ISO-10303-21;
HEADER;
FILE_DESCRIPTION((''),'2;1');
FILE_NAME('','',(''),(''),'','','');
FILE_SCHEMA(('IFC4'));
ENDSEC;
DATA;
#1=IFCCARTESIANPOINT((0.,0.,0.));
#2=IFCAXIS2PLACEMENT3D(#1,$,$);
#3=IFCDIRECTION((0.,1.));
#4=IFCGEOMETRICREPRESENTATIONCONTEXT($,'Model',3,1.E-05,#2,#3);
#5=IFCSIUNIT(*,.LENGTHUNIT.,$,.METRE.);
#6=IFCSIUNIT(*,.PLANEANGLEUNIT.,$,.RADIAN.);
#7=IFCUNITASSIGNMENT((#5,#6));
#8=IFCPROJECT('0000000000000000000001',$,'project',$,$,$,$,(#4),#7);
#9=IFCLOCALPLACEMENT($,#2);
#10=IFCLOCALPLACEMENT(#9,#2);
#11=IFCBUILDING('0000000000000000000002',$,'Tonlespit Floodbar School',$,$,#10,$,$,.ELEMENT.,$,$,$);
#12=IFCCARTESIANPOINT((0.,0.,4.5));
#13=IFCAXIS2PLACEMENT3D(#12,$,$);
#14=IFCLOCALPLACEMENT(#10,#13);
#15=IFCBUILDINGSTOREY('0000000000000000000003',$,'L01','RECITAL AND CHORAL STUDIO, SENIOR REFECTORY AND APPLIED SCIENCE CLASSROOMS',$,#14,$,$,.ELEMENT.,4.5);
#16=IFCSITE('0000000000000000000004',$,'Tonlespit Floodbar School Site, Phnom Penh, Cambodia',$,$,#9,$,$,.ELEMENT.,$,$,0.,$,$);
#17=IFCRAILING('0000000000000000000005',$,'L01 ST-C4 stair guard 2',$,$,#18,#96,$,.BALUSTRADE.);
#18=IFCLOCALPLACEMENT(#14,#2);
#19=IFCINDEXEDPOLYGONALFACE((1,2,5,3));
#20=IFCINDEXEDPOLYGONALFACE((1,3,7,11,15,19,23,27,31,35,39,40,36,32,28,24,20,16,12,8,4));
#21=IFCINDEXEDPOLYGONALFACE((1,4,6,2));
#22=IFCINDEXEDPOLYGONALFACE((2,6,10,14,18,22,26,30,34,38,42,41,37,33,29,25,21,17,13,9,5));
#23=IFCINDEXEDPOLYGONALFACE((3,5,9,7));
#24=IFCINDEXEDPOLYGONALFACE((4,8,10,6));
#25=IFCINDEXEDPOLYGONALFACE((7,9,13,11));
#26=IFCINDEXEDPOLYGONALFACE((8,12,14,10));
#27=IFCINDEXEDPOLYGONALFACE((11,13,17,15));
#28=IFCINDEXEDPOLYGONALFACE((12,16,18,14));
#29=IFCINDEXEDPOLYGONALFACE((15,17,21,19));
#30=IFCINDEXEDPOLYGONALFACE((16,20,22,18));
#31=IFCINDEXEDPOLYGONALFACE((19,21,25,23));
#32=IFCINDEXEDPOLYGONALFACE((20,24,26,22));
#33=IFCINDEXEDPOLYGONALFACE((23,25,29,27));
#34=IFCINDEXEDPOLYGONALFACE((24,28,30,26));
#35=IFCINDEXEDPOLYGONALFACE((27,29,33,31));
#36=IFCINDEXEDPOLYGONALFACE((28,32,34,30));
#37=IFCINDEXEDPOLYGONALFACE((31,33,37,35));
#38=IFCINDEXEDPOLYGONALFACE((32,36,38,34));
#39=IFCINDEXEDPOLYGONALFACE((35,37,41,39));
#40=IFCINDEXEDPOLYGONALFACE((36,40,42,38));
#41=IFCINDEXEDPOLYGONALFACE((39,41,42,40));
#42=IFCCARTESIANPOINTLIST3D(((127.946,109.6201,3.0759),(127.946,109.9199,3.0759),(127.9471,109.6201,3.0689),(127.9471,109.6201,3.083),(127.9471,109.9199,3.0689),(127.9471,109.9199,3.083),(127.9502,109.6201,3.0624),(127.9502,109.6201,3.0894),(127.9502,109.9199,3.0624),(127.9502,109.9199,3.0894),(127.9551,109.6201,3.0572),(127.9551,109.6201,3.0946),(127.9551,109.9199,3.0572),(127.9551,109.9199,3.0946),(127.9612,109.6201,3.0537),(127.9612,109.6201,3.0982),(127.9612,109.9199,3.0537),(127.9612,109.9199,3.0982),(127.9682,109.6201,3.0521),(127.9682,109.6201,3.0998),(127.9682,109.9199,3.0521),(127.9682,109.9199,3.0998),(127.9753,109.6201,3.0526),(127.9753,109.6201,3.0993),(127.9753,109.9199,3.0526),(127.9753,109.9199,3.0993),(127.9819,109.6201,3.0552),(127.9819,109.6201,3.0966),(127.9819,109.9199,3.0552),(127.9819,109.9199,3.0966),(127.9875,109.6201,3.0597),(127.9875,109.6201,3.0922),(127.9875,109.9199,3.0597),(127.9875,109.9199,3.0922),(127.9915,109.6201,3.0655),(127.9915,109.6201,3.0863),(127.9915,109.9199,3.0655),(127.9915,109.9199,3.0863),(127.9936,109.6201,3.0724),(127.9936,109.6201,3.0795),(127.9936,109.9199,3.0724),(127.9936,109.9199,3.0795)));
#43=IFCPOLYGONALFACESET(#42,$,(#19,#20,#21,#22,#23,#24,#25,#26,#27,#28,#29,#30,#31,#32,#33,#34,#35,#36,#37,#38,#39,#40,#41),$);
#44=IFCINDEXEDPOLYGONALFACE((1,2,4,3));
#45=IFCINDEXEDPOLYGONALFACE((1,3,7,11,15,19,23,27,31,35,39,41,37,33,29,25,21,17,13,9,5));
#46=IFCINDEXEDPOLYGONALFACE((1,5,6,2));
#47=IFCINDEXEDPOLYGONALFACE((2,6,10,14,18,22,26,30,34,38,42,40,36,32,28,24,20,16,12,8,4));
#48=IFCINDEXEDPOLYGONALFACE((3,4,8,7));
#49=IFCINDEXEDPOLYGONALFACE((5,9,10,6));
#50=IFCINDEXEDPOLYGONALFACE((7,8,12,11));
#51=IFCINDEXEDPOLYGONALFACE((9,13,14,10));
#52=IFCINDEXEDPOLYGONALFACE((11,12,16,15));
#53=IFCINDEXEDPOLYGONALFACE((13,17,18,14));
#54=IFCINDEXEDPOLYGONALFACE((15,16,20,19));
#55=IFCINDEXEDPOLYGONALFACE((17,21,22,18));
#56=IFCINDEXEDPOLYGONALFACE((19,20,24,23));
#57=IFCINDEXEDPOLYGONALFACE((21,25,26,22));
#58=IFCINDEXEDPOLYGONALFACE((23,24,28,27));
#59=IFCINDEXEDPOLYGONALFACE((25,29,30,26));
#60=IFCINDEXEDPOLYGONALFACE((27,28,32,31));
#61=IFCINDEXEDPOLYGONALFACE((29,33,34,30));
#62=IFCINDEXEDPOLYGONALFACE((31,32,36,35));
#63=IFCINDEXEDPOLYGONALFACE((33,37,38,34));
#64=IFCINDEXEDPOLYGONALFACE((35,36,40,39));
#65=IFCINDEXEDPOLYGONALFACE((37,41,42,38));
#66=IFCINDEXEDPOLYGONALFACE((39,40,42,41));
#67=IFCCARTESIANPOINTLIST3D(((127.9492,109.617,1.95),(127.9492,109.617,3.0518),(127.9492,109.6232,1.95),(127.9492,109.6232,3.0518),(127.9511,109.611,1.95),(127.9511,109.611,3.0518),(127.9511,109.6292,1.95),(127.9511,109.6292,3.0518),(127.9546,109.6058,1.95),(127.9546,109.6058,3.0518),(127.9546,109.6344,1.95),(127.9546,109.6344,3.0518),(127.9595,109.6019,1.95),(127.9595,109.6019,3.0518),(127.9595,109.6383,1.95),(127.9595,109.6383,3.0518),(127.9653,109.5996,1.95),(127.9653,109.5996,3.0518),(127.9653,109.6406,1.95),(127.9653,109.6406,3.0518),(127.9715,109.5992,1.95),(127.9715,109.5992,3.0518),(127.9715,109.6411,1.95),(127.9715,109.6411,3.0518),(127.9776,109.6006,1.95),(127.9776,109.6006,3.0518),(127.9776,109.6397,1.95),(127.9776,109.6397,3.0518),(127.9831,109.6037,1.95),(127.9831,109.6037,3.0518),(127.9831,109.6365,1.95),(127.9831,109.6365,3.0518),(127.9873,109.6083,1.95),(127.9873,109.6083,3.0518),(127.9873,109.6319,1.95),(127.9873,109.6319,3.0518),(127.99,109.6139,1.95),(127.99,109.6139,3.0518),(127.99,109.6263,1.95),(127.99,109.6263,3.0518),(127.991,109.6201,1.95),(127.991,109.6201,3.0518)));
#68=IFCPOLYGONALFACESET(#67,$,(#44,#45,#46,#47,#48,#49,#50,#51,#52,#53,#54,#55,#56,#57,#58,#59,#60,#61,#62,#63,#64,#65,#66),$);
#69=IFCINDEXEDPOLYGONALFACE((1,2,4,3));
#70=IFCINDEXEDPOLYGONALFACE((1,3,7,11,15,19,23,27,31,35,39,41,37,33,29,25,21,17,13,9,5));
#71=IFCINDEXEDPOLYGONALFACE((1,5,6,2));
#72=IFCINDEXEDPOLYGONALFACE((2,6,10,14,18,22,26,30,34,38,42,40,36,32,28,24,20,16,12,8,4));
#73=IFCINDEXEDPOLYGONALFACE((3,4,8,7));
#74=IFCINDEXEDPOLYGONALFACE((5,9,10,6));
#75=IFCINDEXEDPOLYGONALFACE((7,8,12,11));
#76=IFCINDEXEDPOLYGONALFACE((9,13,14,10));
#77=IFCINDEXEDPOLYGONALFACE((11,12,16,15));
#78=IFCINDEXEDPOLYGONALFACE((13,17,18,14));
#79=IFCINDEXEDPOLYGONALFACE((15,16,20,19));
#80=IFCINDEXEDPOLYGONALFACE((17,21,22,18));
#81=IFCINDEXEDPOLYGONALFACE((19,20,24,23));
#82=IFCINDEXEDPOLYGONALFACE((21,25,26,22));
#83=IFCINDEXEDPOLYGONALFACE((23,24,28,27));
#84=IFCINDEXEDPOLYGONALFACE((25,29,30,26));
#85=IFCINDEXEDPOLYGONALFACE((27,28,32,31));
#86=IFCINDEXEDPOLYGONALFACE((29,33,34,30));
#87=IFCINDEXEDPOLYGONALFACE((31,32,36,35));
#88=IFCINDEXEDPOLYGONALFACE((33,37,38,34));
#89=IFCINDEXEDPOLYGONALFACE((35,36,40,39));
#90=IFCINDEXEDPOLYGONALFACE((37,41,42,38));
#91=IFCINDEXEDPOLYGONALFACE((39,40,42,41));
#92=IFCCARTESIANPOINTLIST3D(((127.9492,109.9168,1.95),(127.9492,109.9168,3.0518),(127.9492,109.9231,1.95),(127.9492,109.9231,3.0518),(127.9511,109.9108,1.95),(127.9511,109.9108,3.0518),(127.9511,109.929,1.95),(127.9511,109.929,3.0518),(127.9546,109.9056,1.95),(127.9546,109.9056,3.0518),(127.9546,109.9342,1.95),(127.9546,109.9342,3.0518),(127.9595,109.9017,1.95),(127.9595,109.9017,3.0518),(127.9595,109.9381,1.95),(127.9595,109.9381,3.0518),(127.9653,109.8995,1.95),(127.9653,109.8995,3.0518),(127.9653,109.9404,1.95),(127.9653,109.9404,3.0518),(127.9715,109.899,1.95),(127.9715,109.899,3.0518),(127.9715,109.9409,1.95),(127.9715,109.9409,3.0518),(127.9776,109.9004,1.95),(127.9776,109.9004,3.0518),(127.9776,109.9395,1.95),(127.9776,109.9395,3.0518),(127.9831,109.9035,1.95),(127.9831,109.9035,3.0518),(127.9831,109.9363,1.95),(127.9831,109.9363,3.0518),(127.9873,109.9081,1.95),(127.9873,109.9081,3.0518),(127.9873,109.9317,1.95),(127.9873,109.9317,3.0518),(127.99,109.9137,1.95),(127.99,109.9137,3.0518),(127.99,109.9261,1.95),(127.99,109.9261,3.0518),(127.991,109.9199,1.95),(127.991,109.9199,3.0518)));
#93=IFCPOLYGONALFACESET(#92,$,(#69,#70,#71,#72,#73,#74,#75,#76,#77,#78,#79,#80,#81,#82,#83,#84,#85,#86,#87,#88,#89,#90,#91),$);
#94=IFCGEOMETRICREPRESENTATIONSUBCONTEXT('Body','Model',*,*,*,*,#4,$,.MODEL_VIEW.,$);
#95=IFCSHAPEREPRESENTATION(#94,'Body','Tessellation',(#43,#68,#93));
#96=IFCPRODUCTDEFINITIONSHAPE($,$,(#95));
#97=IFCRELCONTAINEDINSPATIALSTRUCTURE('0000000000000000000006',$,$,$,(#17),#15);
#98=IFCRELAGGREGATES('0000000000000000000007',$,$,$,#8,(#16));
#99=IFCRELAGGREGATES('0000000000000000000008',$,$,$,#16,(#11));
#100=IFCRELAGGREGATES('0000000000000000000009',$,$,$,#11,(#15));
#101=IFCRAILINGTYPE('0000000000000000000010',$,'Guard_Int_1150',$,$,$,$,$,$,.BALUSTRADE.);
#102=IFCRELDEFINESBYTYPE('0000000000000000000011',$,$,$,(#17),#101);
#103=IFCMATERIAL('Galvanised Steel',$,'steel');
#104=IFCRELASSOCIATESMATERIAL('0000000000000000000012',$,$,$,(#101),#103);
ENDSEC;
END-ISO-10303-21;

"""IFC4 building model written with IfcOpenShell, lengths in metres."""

from ifc_helpers import new_model, si_unit, direction, frame, origin, origin_2d, place, context, subcontext, project, spatial, circle, extrude, material, type_object, element, save


model = new_model("IFC4")

# Units and contexts
model_context = context("Model", 3, precision=1e-05, world=origin(), true_north=direction((0.0, 1.0)))
body_context = subcontext(model_context, "Body", "Model", "MODEL_VIEW")
ifc_project = project(units=[si_unit("LENGTHUNIT", "METRE"), si_unit("PLANEANGLEUNIT", "RADIAN")], contexts=[model_context])

# Site, building, storey
site_placement = place(None, origin())
site = spatial("IfcSite", under=ifc_project, at=site_placement, Name="Tonlespit Floodbar School Site, Phnom Penh, Cambodia", CompositionType="ELEMENT", RefElevation=0.0)
building_placement = place(site_placement, origin())
building = spatial("IfcBuilding", under=site, at=building_placement, Name="Tonlespit Floodbar School", CompositionType="ELEMENT")
storey_placement = place(building_placement, frame((0.0, 0.0, 4.5)))
storey = spatial("IfcBuildingStorey", under=building, at=storey_placement, Name="L01", Description="RECITAL AND CHORAL STUDIO, SENIOR REFECTORY AND APPLIED SCIENCE CLASSROOMS", CompositionType="ELEMENT", Elevation=4.5)

# Railing
ifc_material_1 = material(Name="Galvanised Steel", Category="steel")
railing_type_1 = type_object("IfcRailingType", Name="Guard_Int_1150", PredefinedType="BALUSTRADE", material=ifc_material_1)
railing_1_placement = place(storey_placement, frame((127.97, 109.6201, 1.95)))
element("IfcRailing", 1, at=railing_1_placement, inside=storey, type_object=railing_type_1, Name="L01 ST-C4 stair guard 2", PredefinedType="BALUSTRADE", context=body_context, shape_type="SweptSolid", body=[
    extrude(circle(Radius=0.0239, at=origin_2d()), frame((0.0, 0.0, 1.126), z_axis=(0.0, 1.0, 0.0), x_axis=(-1.0, 0.0, 0.0)), (0.0, 0.0, 1.0), 0.2998),
    extrude(circle(Radius=0.021, at=origin_2d()), origin(), (0.0, 0.0, 1.0), 1.1018),
    extrude(circle(Radius=0.021, at=origin_2d()), frame((0.0, 0.2998, 0.0)), (0.0, 0.0, 1.0), 1.1018),
])

save(model, "model.ifc")
